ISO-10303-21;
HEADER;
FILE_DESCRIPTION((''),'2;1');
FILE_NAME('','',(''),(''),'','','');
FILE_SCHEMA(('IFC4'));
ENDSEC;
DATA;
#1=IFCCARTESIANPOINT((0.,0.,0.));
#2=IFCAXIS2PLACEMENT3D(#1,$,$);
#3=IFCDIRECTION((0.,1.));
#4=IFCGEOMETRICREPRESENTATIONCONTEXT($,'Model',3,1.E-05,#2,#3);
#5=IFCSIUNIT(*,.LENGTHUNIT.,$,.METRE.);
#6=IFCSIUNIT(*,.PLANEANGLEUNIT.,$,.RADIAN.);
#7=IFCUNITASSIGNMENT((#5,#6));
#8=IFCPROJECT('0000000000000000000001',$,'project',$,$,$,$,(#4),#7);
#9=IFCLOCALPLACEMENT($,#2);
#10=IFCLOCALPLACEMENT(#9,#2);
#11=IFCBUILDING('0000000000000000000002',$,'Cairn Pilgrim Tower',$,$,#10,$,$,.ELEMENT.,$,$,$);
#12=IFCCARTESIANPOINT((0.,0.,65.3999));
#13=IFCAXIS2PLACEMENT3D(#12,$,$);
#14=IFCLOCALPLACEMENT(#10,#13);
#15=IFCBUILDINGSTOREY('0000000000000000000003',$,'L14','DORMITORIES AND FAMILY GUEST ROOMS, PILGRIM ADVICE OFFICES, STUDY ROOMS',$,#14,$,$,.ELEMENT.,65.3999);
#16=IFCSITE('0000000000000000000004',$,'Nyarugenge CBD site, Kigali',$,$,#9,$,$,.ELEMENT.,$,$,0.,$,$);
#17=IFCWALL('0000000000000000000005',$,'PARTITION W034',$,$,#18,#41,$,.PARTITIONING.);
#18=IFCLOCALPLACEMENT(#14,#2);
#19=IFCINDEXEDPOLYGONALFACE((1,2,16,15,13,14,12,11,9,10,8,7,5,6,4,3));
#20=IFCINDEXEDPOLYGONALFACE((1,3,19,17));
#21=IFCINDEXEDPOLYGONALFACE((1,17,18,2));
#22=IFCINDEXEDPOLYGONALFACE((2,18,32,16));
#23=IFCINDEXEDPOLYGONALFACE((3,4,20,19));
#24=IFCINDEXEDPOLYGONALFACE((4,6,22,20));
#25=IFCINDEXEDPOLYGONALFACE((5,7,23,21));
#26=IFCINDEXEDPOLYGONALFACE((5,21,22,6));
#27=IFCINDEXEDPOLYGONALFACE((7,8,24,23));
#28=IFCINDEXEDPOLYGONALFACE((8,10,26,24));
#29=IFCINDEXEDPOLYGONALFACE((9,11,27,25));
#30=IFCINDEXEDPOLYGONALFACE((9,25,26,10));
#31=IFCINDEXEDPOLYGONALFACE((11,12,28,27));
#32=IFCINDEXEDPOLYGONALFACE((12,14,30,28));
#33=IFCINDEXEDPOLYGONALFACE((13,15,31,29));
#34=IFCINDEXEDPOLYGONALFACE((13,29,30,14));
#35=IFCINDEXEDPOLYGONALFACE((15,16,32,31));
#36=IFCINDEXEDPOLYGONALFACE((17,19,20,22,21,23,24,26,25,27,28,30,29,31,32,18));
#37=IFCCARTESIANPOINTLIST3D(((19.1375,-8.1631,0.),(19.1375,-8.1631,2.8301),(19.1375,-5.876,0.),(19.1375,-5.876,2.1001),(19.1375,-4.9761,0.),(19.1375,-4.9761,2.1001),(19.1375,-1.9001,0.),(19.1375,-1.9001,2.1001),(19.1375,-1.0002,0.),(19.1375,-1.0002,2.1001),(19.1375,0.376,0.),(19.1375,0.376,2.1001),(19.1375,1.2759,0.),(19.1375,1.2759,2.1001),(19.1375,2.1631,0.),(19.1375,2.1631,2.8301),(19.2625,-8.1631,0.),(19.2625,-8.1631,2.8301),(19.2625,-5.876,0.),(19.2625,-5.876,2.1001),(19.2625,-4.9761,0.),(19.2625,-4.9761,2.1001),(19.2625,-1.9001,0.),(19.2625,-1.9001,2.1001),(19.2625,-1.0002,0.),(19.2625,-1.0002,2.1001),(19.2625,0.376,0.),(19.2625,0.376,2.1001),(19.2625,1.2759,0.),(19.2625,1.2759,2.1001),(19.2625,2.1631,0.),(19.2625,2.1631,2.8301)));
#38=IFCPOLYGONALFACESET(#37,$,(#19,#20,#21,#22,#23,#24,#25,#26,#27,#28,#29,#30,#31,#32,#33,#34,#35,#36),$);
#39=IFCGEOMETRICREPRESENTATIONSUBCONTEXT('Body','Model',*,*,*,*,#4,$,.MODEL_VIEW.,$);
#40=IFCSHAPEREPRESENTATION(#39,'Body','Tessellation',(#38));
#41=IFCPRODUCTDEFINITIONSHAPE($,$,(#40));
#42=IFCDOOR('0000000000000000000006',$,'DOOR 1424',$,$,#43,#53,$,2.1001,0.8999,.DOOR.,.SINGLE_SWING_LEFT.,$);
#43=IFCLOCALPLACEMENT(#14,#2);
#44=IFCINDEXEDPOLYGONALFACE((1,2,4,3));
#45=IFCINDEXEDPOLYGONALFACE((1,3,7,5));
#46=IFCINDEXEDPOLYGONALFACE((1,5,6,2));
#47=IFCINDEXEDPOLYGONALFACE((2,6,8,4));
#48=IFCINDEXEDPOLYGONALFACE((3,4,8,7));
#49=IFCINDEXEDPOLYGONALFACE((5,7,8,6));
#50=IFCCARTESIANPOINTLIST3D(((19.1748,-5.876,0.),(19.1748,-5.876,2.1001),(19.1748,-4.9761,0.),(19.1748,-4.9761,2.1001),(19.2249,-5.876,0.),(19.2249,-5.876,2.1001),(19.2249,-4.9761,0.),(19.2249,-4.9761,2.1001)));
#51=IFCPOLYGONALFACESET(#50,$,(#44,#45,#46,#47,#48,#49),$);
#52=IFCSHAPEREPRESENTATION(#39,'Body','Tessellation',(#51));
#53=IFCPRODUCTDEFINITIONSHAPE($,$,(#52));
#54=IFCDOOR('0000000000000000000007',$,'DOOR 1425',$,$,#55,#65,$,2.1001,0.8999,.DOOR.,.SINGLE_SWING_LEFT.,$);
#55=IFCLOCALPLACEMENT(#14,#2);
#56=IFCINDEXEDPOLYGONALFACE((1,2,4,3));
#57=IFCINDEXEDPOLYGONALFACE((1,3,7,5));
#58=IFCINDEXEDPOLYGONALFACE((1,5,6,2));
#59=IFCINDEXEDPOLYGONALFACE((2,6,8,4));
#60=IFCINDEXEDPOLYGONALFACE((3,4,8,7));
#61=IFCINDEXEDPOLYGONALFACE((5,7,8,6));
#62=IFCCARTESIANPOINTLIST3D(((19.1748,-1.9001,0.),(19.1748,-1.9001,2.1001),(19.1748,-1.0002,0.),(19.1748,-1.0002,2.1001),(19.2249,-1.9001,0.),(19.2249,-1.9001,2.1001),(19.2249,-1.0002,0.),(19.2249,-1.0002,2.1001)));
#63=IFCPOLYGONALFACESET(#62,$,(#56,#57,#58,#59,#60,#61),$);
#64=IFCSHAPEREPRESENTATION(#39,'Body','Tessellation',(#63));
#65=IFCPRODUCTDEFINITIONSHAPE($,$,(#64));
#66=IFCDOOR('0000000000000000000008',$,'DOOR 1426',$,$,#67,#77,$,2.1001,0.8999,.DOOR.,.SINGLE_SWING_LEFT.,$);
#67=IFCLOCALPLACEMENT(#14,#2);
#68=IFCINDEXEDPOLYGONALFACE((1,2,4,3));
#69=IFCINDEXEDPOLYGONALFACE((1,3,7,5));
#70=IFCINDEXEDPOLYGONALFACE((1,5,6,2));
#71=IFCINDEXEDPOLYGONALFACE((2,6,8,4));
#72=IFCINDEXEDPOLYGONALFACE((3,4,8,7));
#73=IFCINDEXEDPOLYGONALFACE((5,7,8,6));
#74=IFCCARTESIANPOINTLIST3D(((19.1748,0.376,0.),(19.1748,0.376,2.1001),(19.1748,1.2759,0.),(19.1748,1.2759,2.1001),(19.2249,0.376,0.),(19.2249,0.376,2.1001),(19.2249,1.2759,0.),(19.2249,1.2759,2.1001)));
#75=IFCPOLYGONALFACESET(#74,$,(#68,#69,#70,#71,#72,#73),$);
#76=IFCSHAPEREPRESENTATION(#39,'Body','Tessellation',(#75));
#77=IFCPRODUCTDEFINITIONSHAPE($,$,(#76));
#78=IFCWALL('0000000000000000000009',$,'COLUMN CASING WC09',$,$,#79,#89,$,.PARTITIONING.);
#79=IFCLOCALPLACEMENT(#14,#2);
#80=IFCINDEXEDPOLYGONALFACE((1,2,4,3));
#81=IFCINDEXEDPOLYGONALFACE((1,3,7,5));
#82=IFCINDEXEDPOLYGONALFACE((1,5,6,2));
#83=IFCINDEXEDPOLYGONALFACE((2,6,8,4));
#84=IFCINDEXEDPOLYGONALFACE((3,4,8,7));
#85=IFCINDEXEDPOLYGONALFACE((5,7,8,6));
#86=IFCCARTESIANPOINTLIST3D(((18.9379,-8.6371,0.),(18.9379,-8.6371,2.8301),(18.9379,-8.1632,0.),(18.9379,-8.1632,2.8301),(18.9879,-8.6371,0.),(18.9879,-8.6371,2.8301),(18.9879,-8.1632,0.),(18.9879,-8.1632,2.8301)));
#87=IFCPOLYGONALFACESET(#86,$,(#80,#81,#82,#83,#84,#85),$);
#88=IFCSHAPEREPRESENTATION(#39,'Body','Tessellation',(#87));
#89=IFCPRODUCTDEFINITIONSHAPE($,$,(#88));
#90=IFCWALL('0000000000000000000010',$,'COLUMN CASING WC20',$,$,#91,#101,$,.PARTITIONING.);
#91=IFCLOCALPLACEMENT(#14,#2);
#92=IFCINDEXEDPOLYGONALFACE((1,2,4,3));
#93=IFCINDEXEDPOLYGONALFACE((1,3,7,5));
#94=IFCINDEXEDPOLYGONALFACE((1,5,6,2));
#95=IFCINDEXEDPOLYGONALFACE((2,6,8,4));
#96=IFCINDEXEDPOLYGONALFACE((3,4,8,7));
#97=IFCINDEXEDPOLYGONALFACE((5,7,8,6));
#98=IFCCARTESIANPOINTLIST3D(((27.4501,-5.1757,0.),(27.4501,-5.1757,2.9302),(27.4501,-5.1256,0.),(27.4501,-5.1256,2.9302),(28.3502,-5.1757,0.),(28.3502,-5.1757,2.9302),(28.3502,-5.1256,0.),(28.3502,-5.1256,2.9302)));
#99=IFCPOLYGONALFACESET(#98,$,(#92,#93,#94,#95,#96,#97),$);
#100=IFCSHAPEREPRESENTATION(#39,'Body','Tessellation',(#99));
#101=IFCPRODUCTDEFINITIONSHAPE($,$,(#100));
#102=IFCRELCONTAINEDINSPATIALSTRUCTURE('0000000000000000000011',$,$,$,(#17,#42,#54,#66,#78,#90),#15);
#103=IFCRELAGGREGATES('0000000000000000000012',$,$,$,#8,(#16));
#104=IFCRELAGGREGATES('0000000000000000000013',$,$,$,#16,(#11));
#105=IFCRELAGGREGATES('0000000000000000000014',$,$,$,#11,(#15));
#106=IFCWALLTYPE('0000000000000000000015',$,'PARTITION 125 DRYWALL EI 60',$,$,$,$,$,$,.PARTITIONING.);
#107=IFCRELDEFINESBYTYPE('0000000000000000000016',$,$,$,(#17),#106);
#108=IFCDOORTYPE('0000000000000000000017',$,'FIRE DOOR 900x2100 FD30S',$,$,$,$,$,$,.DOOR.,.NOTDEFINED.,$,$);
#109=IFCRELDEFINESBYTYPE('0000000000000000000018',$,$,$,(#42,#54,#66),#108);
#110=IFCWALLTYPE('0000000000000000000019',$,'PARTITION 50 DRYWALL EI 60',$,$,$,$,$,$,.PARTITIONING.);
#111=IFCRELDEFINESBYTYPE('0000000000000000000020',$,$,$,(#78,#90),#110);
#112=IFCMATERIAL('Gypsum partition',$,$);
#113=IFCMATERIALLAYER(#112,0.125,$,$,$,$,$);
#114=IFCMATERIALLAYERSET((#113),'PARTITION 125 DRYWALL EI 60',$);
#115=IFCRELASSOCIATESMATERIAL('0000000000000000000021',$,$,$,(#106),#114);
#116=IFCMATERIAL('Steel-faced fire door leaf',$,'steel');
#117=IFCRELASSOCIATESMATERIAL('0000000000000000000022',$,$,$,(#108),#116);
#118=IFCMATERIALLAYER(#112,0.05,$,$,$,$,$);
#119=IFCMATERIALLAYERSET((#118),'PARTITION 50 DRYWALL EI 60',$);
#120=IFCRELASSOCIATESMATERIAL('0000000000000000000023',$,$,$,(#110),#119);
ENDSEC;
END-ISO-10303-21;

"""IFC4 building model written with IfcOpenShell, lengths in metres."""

from ifc_helpers import new_model, si_unit, direction, frame, frame_2d, origin, place, context, subcontext, project, spatial, rectangle, extrude, material, layer, layer_set, type_object, element, fill, save


model = new_model("IFC4")

# Units and contexts
model_context = context("Model", 3, precision=1e-05, world=origin(), true_north=direction((0.0, 1.0)))
body_context = subcontext(model_context, "Body", "Model", "MODEL_VIEW")
ifc_project = project(units=[si_unit("LENGTHUNIT", "METRE"), si_unit("PLANEANGLEUNIT", "RADIAN")], contexts=[model_context])

# Site, building, storey
site_placement = place(None, origin())
site = spatial("IfcSite", under=ifc_project, at=site_placement, Name="Nyarugenge CBD site, Kigali", CompositionType="ELEMENT", RefElevation=0.0)
building_placement = place(site_placement, origin())
building = spatial("IfcBuilding", under=site, at=building_placement, Name="Cairn Pilgrim Tower", CompositionType="ELEMENT")
storey_placement = place(building_placement, frame((0.0, 0.0, 65.3999)))
storey = spatial("IfcBuildingStorey", under=building, at=storey_placement, Name="L14", Description="DORMITORIES AND FAMILY GUEST ROOMS, PILGRIM ADVICE OFFICES, STUDY ROOMS", CompositionType="ELEMENT", Elevation=65.3999)

# Shared definitions
ifc_material_1 = material(Name="Gypsum partition")

# Shared definitions
ifc_layer_1 = layer(ifc_material_1, 0.125)
ifc_layer_set_1 = layer_set([ifc_layer_1], Name="PARTITION 125 DRYWALL EI 60")
wall_type_1 = type_object("IfcWallType", Name="PARTITION 125 DRYWALL EI 60", PredefinedType="PARTITIONING", material=ifc_layer_set_1)

# Wall, openings, doors
wall_1_placement = place(storey_placement, frame((19.2, -8.1631, 0.0), z_axis=(0.0, 0.0, 1.0), x_axis=(0.0, 1.0, 0.0)))
wall_1 = element("IfcWall", 1, at=wall_1_placement, inside=storey, type_object=wall_type_1, Name="PARTITION W034", PredefinedType="PARTITIONING", context=body_context, shape_type="SweptSolid", body=[
    extrude(rectangle(XDim=10.3262, YDim=0.125, at=frame_2d((5.1631, 0.0))), origin(), (0.0, 0.0, 1.0), 2.8301),
])
opening_1_placement = place(wall_1_placement, frame((2.2871, 0.0, 0.0)))
opening_1 = element("IfcOpeningElement", 2, at=opening_1_placement, cuts=wall_1, PredefinedType="OPENING", context=body_context, shape_type="SweptSolid", body=[
    extrude(rectangle(XDim=0.8999, YDim=2.1001, at=frame_2d((0.45, 1.05))), frame((0.0, 0.0725, 0.0), z_axis=(0.0, -1.0, 0.0), x_axis=(1.0, 0.0, 0.0)), (0.0, 0.0, 1.0), 0.145),
])
opening_2_placement = place(wall_1_placement, frame((6.2629, 0.0, 0.0)))
opening_2 = element("IfcOpeningElement", 3, at=opening_2_placement, cuts=wall_1, PredefinedType="OPENING", context=body_context, shape_type="SweptSolid", body=[
    extrude(rectangle(XDim=0.8999, YDim=2.1001, at=frame_2d((0.45, 1.05))), frame((0.0, 0.0725, 0.0), z_axis=(0.0, -1.0, 0.0), x_axis=(1.0, 0.0, 0.0)), (0.0, 0.0, 1.0), 0.145),
])
opening_3_placement = place(wall_1_placement, frame((8.5391, 0.0, 0.0)))
opening_3 = element("IfcOpeningElement", 4, at=opening_3_placement, cuts=wall_1, PredefinedType="OPENING", context=body_context, shape_type="SweptSolid", body=[
    extrude(rectangle(XDim=0.8999, YDim=2.1001, at=frame_2d((0.45, 1.05))), frame((0.0, 0.0725, 0.0), z_axis=(0.0, -1.0, 0.0), x_axis=(1.0, 0.0, 0.0)), (0.0, 0.0, 1.0), 0.145),
])
ifc_material_2 = material(Name="Steel-faced fire door leaf", Category="steel")
door_type_1 = type_object("IfcDoorType", Name="FIRE DOOR 900x2100 FD30S", OperationType="NOTDEFINED", PredefinedType="DOOR", material=ifc_material_2)
door_1_placement = place(opening_1_placement, frame((0.8999, 0.0, 0.0), z_axis=(0.0, 0.0, 1.0), x_axis=(-1.0, 0.0, 0.0)))
door_1 = element("IfcDoor", 5, at=door_1_placement, inside=storey, type_object=door_type_1, Name="DOOR 1424", OperationType="SINGLE_SWING_LEFT", OverallHeight=2.1001, OverallWidth=0.8999, PredefinedType="DOOR", context=body_context, shape_type="SweptSolid", body=[
    extrude(rectangle(XDim=0.8999, YDim=2.1001, at=frame_2d((0.45, 1.05))), frame((0.0, 0.0249, 0.0), z_axis=(0.0, -1.0, 0.0), x_axis=(1.0, 0.0, 0.0)), (0.0, 0.0, 1.0), 0.05),
])
fill(opening_1, door_1)
door_2_placement = place(opening_2_placement, frame((0.8999, 0.0, 0.0), z_axis=(0.0, 0.0, 1.0), x_axis=(-1.0, 0.0, 0.0)))
door_2 = element("IfcDoor", 6, at=door_2_placement, inside=storey, type_object=door_type_1, Name="DOOR 1425", OperationType="SINGLE_SWING_LEFT", OverallHeight=2.1001, OverallWidth=0.8999, PredefinedType="DOOR", context=body_context, shape_type="SweptSolid", body=[
    extrude(rectangle(XDim=0.8999, YDim=2.1001, at=frame_2d((0.45, 1.05))), frame((0.0, 0.0249, 0.0), z_axis=(0.0, -1.0, 0.0), x_axis=(1.0, 0.0, 0.0)), (0.0, 0.0, 1.0), 0.05),
])
fill(opening_2, door_2)
door_3_placement = place(opening_3_placement, frame((0.8999, 0.0, 0.0), z_axis=(0.0, 0.0, 1.0), x_axis=(-1.0, 0.0, 0.0)))
door_3 = element("IfcDoor", 7, at=door_3_placement, inside=storey, type_object=door_type_1, Name="DOOR 1426", OperationType="SINGLE_SWING_LEFT", OverallHeight=2.1001, OverallWidth=0.8999, PredefinedType="DOOR", context=body_context, shape_type="SweptSolid", body=[
    extrude(rectangle(XDim=0.8999, YDim=2.1001, at=frame_2d((0.45, 1.05))), frame((0.0, 0.0249, 0.0), z_axis=(0.0, -1.0, 0.0), x_axis=(1.0, 0.0, 0.0)), (0.0, 0.0, 1.0), 0.05),
])
fill(opening_3, door_3)

# Walls
ifc_layer_2 = layer(ifc_material_1, 0.05)
ifc_layer_set_2 = layer_set([ifc_layer_2], Name="PARTITION 50 DRYWALL EI 60")
wall_type_2 = type_object("IfcWallType", Name="PARTITION 50 DRYWALL EI 60", PredefinedType="PARTITIONING", material=ifc_layer_set_2)
wall_2_placement = place(storey_placement, frame((18.9629, -8.637, 0.0), z_axis=(0.0, 0.0, 1.0), x_axis=(0.0, 1.0, 0.0)))
element("IfcWall", 8, at=wall_2_placement, inside=storey, type_object=wall_type_2, Name="COLUMN CASING WC09", PredefinedType="PARTITIONING", context=body_context, shape_type="SweptSolid", body=[
    extrude(rectangle(XDim=0.4739, YDim=0.05, at=frame_2d((0.2368, 0.0))), origin(), (0.0, 0.0, 1.0), 2.8301),
])
wall_3_placement = place(storey_placement, frame((27.45, -5.1506, 0.0), z_axis=(0.0, 0.0, 1.0), x_axis=(1.0, 0.0, 0.0)))
element("IfcWall", 9, at=wall_3_placement, inside=storey, type_object=wall_type_2, Name="COLUMN CASING WC20", PredefinedType="PARTITIONING", context=body_context, shape_type="SweptSolid", body=[
    extrude(rectangle(XDim=0.9001, YDim=0.05, at=frame_2d((0.4502, 0.0))), origin(), (0.0, 0.0, 1.0), 2.9302),
])

save(model, "model.ifc")
